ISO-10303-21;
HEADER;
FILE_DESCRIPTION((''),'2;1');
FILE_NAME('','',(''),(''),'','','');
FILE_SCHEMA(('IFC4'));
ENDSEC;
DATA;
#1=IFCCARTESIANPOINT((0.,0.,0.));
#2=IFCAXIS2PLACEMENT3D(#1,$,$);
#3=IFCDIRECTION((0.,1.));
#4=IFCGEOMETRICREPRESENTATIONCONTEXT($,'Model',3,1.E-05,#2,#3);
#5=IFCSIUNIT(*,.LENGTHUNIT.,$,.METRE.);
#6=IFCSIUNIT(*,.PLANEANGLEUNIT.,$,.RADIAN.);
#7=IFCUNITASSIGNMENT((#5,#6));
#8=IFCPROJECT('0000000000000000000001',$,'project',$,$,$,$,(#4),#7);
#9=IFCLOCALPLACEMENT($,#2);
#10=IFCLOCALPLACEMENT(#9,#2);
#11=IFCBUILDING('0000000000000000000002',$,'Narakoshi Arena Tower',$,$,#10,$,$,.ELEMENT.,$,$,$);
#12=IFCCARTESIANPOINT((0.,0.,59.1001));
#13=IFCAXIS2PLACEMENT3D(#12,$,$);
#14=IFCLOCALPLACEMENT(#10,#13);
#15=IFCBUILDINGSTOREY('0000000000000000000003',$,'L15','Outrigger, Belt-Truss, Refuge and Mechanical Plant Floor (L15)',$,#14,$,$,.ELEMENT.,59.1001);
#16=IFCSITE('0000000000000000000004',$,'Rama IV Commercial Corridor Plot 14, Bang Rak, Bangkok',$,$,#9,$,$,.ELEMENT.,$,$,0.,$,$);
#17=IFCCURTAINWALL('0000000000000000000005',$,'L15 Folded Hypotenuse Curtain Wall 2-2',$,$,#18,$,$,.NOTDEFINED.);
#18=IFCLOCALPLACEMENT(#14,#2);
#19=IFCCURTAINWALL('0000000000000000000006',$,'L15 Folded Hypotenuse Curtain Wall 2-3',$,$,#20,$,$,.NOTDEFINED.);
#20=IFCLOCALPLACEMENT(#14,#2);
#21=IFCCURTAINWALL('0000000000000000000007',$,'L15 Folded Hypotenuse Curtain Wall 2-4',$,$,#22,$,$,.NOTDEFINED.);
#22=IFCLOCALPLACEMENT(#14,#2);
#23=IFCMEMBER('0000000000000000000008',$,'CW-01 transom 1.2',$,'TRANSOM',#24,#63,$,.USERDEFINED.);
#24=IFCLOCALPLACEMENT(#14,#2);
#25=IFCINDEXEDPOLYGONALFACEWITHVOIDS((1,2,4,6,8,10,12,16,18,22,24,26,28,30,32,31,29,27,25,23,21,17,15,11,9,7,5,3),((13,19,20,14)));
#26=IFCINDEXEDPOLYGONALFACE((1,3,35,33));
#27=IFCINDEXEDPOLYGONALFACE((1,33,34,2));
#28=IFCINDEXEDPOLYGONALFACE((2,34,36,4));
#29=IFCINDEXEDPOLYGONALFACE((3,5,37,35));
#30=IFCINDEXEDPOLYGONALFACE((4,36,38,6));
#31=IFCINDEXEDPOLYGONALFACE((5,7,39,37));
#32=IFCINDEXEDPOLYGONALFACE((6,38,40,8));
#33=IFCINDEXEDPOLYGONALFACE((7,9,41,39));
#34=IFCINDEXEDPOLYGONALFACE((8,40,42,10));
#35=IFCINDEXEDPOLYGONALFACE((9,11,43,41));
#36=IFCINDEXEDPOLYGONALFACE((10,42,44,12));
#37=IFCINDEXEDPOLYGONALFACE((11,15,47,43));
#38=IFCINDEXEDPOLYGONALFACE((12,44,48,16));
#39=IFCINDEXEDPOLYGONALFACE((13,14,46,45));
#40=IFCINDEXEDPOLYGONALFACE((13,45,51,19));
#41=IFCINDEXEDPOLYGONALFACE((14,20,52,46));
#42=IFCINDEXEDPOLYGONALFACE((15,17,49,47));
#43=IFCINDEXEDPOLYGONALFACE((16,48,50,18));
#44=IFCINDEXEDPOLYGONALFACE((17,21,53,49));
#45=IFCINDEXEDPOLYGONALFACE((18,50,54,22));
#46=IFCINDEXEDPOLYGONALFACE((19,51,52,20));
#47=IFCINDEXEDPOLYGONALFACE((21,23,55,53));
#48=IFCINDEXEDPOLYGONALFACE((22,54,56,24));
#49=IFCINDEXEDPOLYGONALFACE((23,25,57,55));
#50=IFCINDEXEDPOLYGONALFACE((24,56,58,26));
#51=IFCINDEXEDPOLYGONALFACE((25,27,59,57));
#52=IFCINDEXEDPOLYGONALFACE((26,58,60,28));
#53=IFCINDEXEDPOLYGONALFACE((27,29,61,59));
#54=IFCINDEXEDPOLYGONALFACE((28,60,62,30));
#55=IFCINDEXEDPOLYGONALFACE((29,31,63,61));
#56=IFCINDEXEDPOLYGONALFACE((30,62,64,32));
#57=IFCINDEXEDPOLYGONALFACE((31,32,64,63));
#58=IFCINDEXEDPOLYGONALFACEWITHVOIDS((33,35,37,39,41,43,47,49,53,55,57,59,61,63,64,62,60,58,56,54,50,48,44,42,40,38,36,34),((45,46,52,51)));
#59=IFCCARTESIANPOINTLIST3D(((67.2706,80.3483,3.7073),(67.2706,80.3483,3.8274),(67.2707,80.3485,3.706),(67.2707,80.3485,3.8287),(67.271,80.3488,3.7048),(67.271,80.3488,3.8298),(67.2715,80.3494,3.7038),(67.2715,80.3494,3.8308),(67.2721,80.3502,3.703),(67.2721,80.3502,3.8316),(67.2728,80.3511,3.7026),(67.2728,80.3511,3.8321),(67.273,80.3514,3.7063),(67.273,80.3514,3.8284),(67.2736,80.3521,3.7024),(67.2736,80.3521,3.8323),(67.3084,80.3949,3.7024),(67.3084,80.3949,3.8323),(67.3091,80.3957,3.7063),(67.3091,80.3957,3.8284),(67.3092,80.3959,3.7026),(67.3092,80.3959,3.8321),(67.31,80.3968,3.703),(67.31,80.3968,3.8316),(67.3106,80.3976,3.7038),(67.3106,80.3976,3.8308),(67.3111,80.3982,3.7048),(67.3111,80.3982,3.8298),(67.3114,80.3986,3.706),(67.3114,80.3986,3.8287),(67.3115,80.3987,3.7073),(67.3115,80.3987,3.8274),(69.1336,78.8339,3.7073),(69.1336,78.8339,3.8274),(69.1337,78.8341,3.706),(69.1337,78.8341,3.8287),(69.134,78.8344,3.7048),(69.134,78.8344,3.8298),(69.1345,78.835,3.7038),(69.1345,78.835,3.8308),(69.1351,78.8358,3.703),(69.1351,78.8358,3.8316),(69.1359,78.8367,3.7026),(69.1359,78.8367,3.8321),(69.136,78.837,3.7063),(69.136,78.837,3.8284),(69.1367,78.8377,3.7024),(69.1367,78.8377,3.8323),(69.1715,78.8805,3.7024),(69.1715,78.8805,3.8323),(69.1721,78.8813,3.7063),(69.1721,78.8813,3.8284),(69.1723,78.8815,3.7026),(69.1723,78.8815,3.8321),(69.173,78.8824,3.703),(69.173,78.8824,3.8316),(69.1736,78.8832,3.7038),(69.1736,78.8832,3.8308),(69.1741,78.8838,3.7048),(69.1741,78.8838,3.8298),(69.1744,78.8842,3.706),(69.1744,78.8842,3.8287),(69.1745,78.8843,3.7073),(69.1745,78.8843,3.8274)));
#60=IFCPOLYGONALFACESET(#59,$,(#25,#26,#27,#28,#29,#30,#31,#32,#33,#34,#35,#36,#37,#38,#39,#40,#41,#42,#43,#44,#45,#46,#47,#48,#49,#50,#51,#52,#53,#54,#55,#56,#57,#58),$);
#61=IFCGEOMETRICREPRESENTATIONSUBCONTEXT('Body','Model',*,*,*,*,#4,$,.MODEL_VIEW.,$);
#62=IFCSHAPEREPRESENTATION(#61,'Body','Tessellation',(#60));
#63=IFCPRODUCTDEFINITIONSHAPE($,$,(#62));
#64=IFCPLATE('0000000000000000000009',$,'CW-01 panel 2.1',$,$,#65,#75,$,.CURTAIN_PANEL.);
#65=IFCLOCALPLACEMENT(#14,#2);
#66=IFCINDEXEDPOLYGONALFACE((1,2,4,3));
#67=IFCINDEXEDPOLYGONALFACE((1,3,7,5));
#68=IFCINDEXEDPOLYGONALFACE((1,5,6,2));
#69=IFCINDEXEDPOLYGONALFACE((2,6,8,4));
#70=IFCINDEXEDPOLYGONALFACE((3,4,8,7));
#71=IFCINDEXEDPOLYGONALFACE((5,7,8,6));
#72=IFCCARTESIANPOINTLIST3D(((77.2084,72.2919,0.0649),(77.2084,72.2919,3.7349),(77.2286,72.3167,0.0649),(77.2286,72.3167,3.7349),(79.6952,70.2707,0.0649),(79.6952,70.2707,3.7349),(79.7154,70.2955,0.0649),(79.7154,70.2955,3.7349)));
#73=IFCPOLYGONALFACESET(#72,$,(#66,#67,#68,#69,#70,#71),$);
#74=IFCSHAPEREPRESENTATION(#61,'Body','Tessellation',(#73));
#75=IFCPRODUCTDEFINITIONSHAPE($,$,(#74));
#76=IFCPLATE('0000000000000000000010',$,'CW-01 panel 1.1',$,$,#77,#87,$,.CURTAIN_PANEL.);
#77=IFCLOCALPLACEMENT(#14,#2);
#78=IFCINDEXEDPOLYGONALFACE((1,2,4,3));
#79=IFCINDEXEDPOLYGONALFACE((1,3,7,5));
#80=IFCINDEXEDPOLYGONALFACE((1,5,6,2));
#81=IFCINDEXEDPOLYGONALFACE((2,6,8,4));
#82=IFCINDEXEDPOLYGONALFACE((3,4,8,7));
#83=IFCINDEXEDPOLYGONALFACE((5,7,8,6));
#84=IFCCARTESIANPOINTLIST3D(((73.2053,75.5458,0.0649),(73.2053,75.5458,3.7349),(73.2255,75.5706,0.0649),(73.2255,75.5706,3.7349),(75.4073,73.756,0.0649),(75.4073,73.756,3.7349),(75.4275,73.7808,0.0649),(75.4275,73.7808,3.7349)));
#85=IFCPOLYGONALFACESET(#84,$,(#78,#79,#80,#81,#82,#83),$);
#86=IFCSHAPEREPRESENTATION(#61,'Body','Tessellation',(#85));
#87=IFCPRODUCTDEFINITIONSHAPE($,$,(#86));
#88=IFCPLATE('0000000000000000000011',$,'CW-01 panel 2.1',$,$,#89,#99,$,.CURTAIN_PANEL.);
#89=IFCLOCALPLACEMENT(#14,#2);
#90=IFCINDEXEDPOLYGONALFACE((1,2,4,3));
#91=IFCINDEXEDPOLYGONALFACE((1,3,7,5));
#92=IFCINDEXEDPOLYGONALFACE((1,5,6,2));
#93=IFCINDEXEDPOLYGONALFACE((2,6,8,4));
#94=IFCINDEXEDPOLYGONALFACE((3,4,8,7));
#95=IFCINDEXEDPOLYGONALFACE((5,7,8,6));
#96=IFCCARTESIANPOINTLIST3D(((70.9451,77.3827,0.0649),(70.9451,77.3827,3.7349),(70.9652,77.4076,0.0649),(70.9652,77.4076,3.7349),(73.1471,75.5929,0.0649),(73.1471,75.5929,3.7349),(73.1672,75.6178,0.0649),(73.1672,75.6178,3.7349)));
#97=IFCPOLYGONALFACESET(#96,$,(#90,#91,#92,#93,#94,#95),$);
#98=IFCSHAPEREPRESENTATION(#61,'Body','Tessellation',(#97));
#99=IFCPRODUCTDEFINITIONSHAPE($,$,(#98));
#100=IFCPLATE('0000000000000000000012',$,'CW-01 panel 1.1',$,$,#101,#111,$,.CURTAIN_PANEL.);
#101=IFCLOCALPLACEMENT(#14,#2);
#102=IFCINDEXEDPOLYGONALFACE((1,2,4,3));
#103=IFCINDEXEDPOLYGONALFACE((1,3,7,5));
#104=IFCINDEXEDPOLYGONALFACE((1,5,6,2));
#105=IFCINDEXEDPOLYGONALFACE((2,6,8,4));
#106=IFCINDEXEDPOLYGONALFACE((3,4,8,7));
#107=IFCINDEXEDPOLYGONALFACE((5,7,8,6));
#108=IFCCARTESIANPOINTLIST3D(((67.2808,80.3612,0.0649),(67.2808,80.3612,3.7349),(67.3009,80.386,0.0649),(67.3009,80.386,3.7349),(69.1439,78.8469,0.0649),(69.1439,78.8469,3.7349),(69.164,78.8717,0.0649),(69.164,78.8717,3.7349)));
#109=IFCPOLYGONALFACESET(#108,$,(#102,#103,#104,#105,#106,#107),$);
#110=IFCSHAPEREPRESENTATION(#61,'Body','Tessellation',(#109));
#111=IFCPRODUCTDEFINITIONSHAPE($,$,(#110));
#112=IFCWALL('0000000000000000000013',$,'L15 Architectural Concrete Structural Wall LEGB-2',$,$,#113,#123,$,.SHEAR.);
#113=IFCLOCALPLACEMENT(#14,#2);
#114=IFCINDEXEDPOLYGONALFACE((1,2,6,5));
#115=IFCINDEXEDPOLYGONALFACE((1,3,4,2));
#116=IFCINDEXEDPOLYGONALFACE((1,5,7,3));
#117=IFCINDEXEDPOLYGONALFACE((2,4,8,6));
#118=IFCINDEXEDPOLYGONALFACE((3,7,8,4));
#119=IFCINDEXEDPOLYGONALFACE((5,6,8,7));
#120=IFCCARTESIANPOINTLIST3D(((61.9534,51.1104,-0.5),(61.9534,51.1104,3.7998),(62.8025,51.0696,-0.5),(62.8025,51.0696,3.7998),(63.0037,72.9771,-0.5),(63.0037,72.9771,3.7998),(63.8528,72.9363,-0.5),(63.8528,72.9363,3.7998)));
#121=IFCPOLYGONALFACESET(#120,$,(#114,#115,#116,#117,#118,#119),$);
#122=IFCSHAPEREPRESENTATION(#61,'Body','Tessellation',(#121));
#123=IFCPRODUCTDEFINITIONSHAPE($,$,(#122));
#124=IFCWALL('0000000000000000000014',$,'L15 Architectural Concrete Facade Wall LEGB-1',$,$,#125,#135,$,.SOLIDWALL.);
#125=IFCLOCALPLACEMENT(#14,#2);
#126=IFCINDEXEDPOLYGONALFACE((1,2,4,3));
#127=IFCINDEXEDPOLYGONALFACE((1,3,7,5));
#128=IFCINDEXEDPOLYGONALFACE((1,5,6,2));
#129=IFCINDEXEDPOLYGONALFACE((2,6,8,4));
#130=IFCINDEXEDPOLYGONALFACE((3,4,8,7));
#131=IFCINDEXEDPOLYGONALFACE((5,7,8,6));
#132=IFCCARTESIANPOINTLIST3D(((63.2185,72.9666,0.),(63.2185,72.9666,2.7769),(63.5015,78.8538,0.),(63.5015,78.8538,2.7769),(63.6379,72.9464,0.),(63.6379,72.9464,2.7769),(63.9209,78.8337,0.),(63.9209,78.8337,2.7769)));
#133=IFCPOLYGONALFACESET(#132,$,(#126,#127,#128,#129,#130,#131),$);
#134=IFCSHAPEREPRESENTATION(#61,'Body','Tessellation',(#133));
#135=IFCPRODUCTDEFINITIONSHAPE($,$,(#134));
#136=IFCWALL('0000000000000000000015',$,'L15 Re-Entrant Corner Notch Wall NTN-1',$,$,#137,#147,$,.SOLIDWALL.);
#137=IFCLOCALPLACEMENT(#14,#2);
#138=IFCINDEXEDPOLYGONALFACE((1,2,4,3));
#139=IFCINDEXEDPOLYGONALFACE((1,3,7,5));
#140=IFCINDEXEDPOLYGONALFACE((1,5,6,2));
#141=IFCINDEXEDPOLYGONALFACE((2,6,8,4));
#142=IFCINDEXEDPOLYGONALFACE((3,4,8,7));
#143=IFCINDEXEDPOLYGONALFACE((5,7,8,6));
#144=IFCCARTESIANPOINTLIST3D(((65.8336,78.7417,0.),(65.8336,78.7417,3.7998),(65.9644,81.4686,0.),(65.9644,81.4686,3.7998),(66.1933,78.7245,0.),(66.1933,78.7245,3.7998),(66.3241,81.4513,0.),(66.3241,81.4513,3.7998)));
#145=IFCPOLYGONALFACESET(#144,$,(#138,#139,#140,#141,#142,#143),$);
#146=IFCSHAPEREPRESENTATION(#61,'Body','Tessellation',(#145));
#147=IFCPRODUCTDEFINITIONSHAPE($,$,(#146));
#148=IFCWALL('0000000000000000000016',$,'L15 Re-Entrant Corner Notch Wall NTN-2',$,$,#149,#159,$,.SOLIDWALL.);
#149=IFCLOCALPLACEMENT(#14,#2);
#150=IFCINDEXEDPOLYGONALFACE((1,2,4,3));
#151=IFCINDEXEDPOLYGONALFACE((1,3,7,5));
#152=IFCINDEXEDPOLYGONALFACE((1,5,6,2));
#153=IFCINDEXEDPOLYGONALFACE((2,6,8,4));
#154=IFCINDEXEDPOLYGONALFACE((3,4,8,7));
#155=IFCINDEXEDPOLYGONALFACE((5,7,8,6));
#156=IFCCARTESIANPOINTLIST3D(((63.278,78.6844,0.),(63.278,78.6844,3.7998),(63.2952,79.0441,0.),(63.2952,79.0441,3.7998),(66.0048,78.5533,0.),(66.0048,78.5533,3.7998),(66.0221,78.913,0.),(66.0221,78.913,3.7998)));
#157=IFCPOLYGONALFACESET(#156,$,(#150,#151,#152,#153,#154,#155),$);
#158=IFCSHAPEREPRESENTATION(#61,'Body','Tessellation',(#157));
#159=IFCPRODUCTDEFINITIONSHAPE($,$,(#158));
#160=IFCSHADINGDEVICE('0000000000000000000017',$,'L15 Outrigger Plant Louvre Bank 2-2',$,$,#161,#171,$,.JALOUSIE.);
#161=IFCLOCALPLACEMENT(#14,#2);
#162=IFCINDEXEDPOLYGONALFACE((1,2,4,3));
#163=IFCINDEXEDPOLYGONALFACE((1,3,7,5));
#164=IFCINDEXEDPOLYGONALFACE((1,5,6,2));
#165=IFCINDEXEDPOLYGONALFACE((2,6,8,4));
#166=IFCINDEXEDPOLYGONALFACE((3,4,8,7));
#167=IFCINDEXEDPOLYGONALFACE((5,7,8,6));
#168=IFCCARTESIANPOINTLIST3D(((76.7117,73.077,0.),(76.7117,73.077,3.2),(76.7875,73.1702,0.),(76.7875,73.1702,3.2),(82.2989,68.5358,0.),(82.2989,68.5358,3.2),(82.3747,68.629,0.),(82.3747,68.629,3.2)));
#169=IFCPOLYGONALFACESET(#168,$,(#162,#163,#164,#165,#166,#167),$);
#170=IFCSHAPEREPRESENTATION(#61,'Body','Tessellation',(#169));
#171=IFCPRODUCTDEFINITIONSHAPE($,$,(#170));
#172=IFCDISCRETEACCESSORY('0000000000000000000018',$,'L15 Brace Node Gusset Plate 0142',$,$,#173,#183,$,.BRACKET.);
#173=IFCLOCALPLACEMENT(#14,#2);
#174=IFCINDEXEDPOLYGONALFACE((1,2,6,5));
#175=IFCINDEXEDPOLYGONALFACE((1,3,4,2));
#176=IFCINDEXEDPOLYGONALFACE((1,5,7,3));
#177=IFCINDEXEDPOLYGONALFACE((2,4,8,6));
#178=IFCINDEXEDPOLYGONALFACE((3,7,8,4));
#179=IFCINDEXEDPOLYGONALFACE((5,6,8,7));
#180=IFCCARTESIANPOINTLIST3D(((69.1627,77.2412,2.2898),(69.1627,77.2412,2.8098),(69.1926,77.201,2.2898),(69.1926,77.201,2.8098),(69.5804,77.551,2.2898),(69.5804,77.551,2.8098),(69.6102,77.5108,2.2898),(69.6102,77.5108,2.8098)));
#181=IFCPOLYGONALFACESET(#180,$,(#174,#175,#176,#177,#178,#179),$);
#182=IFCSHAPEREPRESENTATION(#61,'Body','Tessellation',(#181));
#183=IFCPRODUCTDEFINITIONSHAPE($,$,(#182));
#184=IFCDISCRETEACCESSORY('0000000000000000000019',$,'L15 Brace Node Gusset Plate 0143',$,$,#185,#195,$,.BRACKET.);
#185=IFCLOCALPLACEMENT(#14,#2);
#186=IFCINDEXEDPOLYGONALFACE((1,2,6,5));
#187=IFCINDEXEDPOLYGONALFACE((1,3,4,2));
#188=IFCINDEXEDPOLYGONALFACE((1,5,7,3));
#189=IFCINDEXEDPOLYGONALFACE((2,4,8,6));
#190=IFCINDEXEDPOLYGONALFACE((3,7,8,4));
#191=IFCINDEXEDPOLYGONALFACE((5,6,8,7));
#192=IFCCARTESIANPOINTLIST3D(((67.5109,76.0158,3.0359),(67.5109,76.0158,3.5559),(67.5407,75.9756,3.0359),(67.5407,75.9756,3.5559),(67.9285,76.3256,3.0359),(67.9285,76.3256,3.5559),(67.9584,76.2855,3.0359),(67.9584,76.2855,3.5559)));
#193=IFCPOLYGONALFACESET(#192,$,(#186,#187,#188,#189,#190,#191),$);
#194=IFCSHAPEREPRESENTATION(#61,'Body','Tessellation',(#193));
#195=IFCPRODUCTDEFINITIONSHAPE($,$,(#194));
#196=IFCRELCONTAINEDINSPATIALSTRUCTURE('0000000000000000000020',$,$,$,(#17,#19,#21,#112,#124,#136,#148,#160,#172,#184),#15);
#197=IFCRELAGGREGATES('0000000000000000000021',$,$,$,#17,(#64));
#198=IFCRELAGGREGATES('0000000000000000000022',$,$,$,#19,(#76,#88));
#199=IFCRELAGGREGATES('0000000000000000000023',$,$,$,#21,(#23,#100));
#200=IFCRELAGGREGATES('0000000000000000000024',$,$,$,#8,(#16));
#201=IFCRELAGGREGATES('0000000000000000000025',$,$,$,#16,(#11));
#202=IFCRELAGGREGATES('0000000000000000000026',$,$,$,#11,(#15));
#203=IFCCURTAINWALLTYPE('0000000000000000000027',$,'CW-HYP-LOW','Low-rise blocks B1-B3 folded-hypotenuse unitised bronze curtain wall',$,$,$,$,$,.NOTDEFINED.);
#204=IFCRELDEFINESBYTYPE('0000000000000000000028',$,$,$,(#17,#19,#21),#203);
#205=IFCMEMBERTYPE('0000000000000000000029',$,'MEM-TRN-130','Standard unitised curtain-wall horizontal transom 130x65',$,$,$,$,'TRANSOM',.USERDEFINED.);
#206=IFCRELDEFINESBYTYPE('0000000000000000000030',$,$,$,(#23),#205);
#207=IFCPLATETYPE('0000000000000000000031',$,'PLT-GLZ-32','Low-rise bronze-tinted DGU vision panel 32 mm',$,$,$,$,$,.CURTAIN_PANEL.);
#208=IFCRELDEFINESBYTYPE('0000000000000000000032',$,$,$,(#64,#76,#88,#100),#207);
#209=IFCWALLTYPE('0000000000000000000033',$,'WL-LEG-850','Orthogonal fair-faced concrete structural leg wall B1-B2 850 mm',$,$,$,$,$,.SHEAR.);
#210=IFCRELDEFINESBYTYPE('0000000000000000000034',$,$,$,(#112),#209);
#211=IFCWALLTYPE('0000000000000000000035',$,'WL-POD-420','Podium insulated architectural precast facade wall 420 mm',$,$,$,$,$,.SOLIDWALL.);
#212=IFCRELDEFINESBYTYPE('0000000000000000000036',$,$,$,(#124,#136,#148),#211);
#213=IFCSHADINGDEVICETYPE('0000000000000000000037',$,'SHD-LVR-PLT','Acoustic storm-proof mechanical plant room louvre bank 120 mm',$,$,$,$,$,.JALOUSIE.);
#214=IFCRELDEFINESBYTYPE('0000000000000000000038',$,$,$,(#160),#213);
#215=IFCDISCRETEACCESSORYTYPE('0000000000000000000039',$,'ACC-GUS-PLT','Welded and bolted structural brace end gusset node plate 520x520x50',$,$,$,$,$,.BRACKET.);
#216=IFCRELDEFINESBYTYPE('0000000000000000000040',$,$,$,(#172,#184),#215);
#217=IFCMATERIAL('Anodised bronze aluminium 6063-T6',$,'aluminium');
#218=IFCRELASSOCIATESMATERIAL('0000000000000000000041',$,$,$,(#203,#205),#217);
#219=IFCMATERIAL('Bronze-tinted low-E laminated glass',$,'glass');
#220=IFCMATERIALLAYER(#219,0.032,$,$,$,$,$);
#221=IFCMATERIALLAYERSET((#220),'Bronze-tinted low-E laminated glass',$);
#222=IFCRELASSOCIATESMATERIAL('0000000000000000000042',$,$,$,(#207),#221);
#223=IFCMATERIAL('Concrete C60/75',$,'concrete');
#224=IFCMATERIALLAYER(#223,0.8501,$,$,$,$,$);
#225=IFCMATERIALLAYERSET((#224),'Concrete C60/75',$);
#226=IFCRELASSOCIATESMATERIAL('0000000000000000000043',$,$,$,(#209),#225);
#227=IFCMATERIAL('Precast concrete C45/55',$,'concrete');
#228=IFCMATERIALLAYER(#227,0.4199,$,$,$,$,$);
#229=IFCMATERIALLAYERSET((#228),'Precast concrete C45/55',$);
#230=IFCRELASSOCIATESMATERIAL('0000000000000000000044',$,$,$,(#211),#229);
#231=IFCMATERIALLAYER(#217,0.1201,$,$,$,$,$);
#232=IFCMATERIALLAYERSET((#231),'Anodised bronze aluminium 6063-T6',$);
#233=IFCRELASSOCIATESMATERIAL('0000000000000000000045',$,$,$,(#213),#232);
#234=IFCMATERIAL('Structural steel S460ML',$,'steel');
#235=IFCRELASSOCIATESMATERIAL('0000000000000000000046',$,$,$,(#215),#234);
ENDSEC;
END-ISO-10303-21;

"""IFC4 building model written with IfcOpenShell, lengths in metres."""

from ifc_helpers import new_model, si_unit, direction, frame, frame_2d, origin, origin_2d, place, context, subcontext, project, spatial, rectangle, hollow_rectangle, extrude, material, layer, layer_set, material_profile, profile_set, type_object, element, aggregate, save


model = new_model("IFC4")

# Units and contexts
model_context = context("Model", 3, precision=1e-05, world=origin(), true_north=direction((0.0, 1.0)))
body_context = subcontext(model_context, "Body", "Model", "MODEL_VIEW")
ifc_project = project(units=[si_unit("LENGTHUNIT", "METRE"), si_unit("PLANEANGLEUNIT", "RADIAN")], contexts=[model_context])

# Site, building, storey
site_placement = place(None, origin())
site = spatial("IfcSite", under=ifc_project, at=site_placement, Name="Rama IV Commercial Corridor Plot 14, Bang Rak, Bangkok", CompositionType="ELEMENT", RefElevation=0.0)
building_placement = place(site_placement, origin())
building = spatial("IfcBuilding", under=site, at=building_placement, Name="Narakoshi Arena Tower", CompositionType="ELEMENT")
storey_placement = place(building_placement, frame((0.0, 0.0, 59.1001)))
storey = spatial("IfcBuildingStorey", under=building, at=storey_placement, Name="L15", Description="Outrigger, Belt-Truss, Refuge and Mechanical Plant Floor (L15)", CompositionType="ELEMENT", Elevation=59.1001)

# Shared definitions
ifc_material_1 = material(Name="Structural steel S460ML", Category="steel")

# Curtain wall
ifc_material_2 = material(Name="Anodised bronze aluminium 6063-T6", Category="aluminium")
curtain_wall_type = type_object("IfcCurtainWallType", Name="CW-HYP-LOW", Description="Low-rise blocks B1-B3 folded-hypotenuse unitised bronze curtain wall", PredefinedType="NOTDEFINED", material=ifc_material_2)
curtain_wall_1_placement = place(storey_placement, origin())
curtain_wall_1 = element("IfcCurtainWall", 1, at=curtain_wall_1_placement, inside=storey, type_object=curtain_wall_type, Name="L15 Folded Hypotenuse Curtain Wall 2-2", PredefinedType="NOTDEFINED")

# Curtain walls
curtain_wall_2_placement = place(storey_placement, origin())
curtain_wall_2 = element("IfcCurtainWall", 2, at=curtain_wall_2_placement, inside=storey, type_object=curtain_wall_type, Name="L15 Folded Hypotenuse Curtain Wall 2-3", PredefinedType="NOTDEFINED")
curtain_wall_3_placement = place(storey_placement, origin())
curtain_wall_3 = element("IfcCurtainWall", 3, at=curtain_wall_3_placement, inside=storey, type_object=curtain_wall_type, Name="L15 Folded Hypotenuse Curtain Wall 2-4", PredefinedType="NOTDEFINED")

# Member
ifc_material_profile_1 = material_profile(ifc_material_2, hollow_rectangle(XDim=0.0649, YDim=0.1299, WallThickness=0.0039, OuterFilletRadius=0.0049, at=origin_2d()), Name="TRN130x65x4")
ifc_profile_set_1 = profile_set([ifc_material_profile_1], Name="Anodised bronze aluminium 6063-T6")
member_type_1 = type_object("IfcMemberType", Name="MEM-TRN-130", Description="Standard unitised curtain-wall horizontal transom 130x65", ElementType="TRANSOM", PredefinedType="USERDEFINED", material=ifc_profile_set_1)
member_1_placement = place(storey_placement, frame((69.1541, 78.8591, 3.7673), z_axis=(-0.775974, 0.630765, 0.0), x_axis=(-0.630765, -0.775974, 0.0)))
member_1 = element("IfcMember", 4, at=member_1_placement, type_object=member_type_1, Name="CW-01 transom 1.2", ObjectType="TRANSOM", PredefinedType="USERDEFINED", context=body_context, shape_type="SweptSolid", body=[
    extrude(hollow_rectangle(XDim=0.0649, YDim=0.1299, WallThickness=0.0039, OuterFilletRadius=0.0049, at=origin_2d()), origin(), (0.0, 0.0, 1.0), 2.4009),
])

# Plates
ifc_material_3 = material(Name="Bronze-tinted low-E laminated glass", Category="glass")
ifc_layer_1 = layer(ifc_material_3, 0.032)
ifc_layer_set_1 = layer_set([ifc_layer_1], Name="Bronze-tinted low-E laminated glass")
plate_type = type_object("IfcPlateType", Name="PLT-GLZ-32", Description="Low-rise bronze-tinted DGU vision panel 32 mm", PredefinedType="CURTAIN_PANEL", material=ifc_layer_set_1)
plate_1_placement = place(storey_placement, frame((78.4619, 71.2937, 0.0649), z_axis=(0.0, 0.0, 1.0), x_axis=(-0.776, 0.630733, 0.0)))
plate_1 = element("IfcPlate", 5, at=plate_1_placement, type_object=plate_type, Name="CW-01 panel 2.1", PredefinedType="CURTAIN_PANEL", context=body_context, shape_type="SweptSolid", body=[
    extrude(rectangle(XDim=3.2046, YDim=0.032, at=origin_2d()), origin(), (0.0, 0.0, 1.0), 3.6699),
])
aggregate(curtain_wall_1, [plate_1])
plate_2_placement = place(storey_placement, frame((74.3164, 74.6633, 0.0649), z_axis=(0.0, 0.0, 1.0), x_axis=(-0.776, 0.630732, 0.0)))
plate_2 = element("IfcPlate", 6, at=plate_2_placement, type_object=plate_type, Name="CW-01 panel 1.1", PredefinedType="CURTAIN_PANEL", context=body_context, shape_type="SweptSolid", body=[
    extrude(rectangle(XDim=2.8376, YDim=0.032, at=origin_2d()), origin(), (0.0, 0.0, 1.0), 3.6699),
])
plate_3_placement = place(storey_placement, frame((72.0562, 76.5002, 0.0649), z_axis=(0.0, 0.0, 1.0), x_axis=(-0.776, 0.630732, 0.0)))
plate_3 = element("IfcPlate", 7, at=plate_3_placement, type_object=plate_type, Name="CW-01 panel 2.1", PredefinedType="CURTAIN_PANEL", context=body_context, shape_type="SweptSolid", body=[
    extrude(rectangle(XDim=2.8376, YDim=0.032, at=origin_2d()), origin(), (0.0, 0.0, 1.0), 3.6699),
])
aggregate(curtain_wall_2, [plate_2, plate_3])
plate_4_placement = place(storey_placement, frame((68.2224, 79.6165, 0.0649), z_axis=(0.0, 0.0, 1.0), x_axis=(-0.776007, 0.630724, 0.0)))
plate_4 = element("IfcPlate", 8, at=plate_4_placement, type_object=plate_type, Name="CW-01 panel 1.1", PredefinedType="CURTAIN_PANEL", context=body_context, shape_type="SweptSolid", body=[
    extrude(rectangle(XDim=2.4009, YDim=0.032, at=origin_2d()), origin(), (0.0, 0.0, 1.0), 3.6699),
])
aggregate(curtain_wall_3, [member_1, plate_4])

# Walls
ifc_material_4 = material(Name="Concrete C60/75", Category="concrete")
ifc_layer_2 = layer(ifc_material_4, 0.8501)
ifc_layer_set_2 = layer_set([ifc_layer_2], Name="Concrete C60/75")
wall_type_1 = type_object("IfcWallType", Name="WL-LEG-850", Description="Orthogonal fair-faced concrete structural leg wall B1-B2 850 mm", PredefinedType="SHEAR", material=ifc_layer_set_2)
wall_1_placement = place(storey_placement, frame((63.4282, 72.9565, -0.5), z_axis=(0.0, 0.0, 1.0), x_axis=(-0.047976, -0.998848, 0.0)))
element("IfcWall", 9, at=wall_1_placement, inside=storey, type_object=wall_type_1, Name="L15 Architectural Concrete Structural Wall LEGB-2", PredefinedType="SHEAR", context=body_context, shape_type="SweptSolid", body=[
    extrude(rectangle(XDim=21.8918, YDim=0.8501, at=frame_2d((10.9458, 0.0))), origin(), (0.0, 0.0, 1.0), 4.2998),
])
ifc_material_5 = material(Name="Precast concrete C45/55", Category="concrete")
ifc_layer_3 = layer(ifc_material_5, 0.4199)
ifc_layer_set_3 = layer_set([ifc_layer_3], Name="Precast concrete C45/55")
wall_type_2 = type_object("IfcWallType", Name="WL-POD-420", Description="Podium insulated architectural precast facade wall 420 mm", PredefinedType="SOLIDWALL", material=ifc_layer_set_3)
wall_2_placement = place(storey_placement, frame((63.7112, 78.8438, 0.0), z_axis=(0.0, 0.0, 1.0), x_axis=(-0.048008, -0.998847, 0.0)))
element("IfcWall", 10, at=wall_2_placement, inside=storey, type_object=wall_type_2, Name="L15 Architectural Concrete Facade Wall LEGB-1", PredefinedType="SOLIDWALL", context=body_context, shape_type="SweptSolid", body=[
    extrude(rectangle(XDim=5.894, YDim=0.4199, at=frame_2d((2.947, 0.0))), origin(), (0.0, 0.0, 1.0), 2.7769),
])
for number, where, z_axis, x_axis, name in (
    (11, (66.1443, 81.46, 0.0), (0.0, 0.0, 1.0), (-0.047935, -0.99885, 0.0), "L15 Re-Entrant Corner Notch Wall NTN-1"),
    (12, (66.0134, 78.7332, 0.0), (0.0, 0.0, 1.0), (-0.998846, 0.048024, 0.0), "L15 Re-Entrant Corner Notch Wall NTN-2"),
):
    element("IfcWall", number, at=place(storey_placement, frame(where, z_axis=z_axis, x_axis=x_axis)), inside=storey, type_object=wall_type_2, Name=name, PredefinedType="SOLIDWALL", context=body_context, shape_type="SweptSolid", body=[
        extrude(rectangle(XDim=2.73, YDim=0.3601, at=frame_2d((1.365, 0.0))), origin(), (0.0, 0.0, 1.0), 3.7998),
    ])

# Shading device
ifc_layer_4 = layer(ifc_material_2, 0.1201)
ifc_layer_set_4 = layer_set([ifc_layer_4], Name="Anodised bronze aluminium 6063-T6")
shading_device_type = type_object("IfcShadingDeviceType", Name="SHD-LVR-PLT", Description="Acoustic storm-proof mechanical plant room louvre bank 120 mm", PredefinedType="JALOUSIE", material=ifc_layer_set_4)
shading_device_placement = place(storey_placement, frame((79.5432, 70.853, 0.0), z_axis=(0.0, 0.0, 1.0), x_axis=(-0.776002, 0.63073, 0.0)))
element("IfcShadingDevice", 13, at=shading_device_placement, inside=storey, type_object=shading_device_type, Name="L15 Outrigger Plant Louvre Bank 2-2", PredefinedType="JALOUSIE", context=body_context, shape_type="SweptSolid", body=[
    extrude(rectangle(XDim=7.2, YDim=0.1201, at=origin_2d()), origin(), (0.0, 0.0, 1.0), 3.2),
])

# Discrete accessories
discrete_accessory_type = type_object("IfcDiscreteAccessoryType", Name="ACC-GUS-PLT", Description="Welded and bolted structural brace end gusset node plate 520x520x50", PredefinedType="BRACKET", material=ifc_material_1)
for number, where, z_axis, x_axis, name in (
    (14, (69.3865, 77.376, 2.2898), (0.0, 0.0, 1.0), (0.80313, 0.595804, 0.0), "L15 Brace Node Gusset Plate 0142"),
    (15, (67.7346, 76.1506, 3.0359), (0.0, 0.0, 1.0), (0.80313, 0.595804, 0.0), "L15 Brace Node Gusset Plate 0143"),
):
    element("IfcDiscreteAccessory", number, at=place(storey_placement, frame(where, z_axis=z_axis, x_axis=x_axis)), inside=storey, type_object=discrete_accessory_type, Name=name, PredefinedType="BRACKET", context=body_context, shape_type="SweptSolid", body=[
        extrude(rectangle(XDim=0.52, YDim=0.05, at=origin_2d()), origin(), (0.0, 0.0, 1.0), 0.52),
    ])

save(model, "model.ifc")
